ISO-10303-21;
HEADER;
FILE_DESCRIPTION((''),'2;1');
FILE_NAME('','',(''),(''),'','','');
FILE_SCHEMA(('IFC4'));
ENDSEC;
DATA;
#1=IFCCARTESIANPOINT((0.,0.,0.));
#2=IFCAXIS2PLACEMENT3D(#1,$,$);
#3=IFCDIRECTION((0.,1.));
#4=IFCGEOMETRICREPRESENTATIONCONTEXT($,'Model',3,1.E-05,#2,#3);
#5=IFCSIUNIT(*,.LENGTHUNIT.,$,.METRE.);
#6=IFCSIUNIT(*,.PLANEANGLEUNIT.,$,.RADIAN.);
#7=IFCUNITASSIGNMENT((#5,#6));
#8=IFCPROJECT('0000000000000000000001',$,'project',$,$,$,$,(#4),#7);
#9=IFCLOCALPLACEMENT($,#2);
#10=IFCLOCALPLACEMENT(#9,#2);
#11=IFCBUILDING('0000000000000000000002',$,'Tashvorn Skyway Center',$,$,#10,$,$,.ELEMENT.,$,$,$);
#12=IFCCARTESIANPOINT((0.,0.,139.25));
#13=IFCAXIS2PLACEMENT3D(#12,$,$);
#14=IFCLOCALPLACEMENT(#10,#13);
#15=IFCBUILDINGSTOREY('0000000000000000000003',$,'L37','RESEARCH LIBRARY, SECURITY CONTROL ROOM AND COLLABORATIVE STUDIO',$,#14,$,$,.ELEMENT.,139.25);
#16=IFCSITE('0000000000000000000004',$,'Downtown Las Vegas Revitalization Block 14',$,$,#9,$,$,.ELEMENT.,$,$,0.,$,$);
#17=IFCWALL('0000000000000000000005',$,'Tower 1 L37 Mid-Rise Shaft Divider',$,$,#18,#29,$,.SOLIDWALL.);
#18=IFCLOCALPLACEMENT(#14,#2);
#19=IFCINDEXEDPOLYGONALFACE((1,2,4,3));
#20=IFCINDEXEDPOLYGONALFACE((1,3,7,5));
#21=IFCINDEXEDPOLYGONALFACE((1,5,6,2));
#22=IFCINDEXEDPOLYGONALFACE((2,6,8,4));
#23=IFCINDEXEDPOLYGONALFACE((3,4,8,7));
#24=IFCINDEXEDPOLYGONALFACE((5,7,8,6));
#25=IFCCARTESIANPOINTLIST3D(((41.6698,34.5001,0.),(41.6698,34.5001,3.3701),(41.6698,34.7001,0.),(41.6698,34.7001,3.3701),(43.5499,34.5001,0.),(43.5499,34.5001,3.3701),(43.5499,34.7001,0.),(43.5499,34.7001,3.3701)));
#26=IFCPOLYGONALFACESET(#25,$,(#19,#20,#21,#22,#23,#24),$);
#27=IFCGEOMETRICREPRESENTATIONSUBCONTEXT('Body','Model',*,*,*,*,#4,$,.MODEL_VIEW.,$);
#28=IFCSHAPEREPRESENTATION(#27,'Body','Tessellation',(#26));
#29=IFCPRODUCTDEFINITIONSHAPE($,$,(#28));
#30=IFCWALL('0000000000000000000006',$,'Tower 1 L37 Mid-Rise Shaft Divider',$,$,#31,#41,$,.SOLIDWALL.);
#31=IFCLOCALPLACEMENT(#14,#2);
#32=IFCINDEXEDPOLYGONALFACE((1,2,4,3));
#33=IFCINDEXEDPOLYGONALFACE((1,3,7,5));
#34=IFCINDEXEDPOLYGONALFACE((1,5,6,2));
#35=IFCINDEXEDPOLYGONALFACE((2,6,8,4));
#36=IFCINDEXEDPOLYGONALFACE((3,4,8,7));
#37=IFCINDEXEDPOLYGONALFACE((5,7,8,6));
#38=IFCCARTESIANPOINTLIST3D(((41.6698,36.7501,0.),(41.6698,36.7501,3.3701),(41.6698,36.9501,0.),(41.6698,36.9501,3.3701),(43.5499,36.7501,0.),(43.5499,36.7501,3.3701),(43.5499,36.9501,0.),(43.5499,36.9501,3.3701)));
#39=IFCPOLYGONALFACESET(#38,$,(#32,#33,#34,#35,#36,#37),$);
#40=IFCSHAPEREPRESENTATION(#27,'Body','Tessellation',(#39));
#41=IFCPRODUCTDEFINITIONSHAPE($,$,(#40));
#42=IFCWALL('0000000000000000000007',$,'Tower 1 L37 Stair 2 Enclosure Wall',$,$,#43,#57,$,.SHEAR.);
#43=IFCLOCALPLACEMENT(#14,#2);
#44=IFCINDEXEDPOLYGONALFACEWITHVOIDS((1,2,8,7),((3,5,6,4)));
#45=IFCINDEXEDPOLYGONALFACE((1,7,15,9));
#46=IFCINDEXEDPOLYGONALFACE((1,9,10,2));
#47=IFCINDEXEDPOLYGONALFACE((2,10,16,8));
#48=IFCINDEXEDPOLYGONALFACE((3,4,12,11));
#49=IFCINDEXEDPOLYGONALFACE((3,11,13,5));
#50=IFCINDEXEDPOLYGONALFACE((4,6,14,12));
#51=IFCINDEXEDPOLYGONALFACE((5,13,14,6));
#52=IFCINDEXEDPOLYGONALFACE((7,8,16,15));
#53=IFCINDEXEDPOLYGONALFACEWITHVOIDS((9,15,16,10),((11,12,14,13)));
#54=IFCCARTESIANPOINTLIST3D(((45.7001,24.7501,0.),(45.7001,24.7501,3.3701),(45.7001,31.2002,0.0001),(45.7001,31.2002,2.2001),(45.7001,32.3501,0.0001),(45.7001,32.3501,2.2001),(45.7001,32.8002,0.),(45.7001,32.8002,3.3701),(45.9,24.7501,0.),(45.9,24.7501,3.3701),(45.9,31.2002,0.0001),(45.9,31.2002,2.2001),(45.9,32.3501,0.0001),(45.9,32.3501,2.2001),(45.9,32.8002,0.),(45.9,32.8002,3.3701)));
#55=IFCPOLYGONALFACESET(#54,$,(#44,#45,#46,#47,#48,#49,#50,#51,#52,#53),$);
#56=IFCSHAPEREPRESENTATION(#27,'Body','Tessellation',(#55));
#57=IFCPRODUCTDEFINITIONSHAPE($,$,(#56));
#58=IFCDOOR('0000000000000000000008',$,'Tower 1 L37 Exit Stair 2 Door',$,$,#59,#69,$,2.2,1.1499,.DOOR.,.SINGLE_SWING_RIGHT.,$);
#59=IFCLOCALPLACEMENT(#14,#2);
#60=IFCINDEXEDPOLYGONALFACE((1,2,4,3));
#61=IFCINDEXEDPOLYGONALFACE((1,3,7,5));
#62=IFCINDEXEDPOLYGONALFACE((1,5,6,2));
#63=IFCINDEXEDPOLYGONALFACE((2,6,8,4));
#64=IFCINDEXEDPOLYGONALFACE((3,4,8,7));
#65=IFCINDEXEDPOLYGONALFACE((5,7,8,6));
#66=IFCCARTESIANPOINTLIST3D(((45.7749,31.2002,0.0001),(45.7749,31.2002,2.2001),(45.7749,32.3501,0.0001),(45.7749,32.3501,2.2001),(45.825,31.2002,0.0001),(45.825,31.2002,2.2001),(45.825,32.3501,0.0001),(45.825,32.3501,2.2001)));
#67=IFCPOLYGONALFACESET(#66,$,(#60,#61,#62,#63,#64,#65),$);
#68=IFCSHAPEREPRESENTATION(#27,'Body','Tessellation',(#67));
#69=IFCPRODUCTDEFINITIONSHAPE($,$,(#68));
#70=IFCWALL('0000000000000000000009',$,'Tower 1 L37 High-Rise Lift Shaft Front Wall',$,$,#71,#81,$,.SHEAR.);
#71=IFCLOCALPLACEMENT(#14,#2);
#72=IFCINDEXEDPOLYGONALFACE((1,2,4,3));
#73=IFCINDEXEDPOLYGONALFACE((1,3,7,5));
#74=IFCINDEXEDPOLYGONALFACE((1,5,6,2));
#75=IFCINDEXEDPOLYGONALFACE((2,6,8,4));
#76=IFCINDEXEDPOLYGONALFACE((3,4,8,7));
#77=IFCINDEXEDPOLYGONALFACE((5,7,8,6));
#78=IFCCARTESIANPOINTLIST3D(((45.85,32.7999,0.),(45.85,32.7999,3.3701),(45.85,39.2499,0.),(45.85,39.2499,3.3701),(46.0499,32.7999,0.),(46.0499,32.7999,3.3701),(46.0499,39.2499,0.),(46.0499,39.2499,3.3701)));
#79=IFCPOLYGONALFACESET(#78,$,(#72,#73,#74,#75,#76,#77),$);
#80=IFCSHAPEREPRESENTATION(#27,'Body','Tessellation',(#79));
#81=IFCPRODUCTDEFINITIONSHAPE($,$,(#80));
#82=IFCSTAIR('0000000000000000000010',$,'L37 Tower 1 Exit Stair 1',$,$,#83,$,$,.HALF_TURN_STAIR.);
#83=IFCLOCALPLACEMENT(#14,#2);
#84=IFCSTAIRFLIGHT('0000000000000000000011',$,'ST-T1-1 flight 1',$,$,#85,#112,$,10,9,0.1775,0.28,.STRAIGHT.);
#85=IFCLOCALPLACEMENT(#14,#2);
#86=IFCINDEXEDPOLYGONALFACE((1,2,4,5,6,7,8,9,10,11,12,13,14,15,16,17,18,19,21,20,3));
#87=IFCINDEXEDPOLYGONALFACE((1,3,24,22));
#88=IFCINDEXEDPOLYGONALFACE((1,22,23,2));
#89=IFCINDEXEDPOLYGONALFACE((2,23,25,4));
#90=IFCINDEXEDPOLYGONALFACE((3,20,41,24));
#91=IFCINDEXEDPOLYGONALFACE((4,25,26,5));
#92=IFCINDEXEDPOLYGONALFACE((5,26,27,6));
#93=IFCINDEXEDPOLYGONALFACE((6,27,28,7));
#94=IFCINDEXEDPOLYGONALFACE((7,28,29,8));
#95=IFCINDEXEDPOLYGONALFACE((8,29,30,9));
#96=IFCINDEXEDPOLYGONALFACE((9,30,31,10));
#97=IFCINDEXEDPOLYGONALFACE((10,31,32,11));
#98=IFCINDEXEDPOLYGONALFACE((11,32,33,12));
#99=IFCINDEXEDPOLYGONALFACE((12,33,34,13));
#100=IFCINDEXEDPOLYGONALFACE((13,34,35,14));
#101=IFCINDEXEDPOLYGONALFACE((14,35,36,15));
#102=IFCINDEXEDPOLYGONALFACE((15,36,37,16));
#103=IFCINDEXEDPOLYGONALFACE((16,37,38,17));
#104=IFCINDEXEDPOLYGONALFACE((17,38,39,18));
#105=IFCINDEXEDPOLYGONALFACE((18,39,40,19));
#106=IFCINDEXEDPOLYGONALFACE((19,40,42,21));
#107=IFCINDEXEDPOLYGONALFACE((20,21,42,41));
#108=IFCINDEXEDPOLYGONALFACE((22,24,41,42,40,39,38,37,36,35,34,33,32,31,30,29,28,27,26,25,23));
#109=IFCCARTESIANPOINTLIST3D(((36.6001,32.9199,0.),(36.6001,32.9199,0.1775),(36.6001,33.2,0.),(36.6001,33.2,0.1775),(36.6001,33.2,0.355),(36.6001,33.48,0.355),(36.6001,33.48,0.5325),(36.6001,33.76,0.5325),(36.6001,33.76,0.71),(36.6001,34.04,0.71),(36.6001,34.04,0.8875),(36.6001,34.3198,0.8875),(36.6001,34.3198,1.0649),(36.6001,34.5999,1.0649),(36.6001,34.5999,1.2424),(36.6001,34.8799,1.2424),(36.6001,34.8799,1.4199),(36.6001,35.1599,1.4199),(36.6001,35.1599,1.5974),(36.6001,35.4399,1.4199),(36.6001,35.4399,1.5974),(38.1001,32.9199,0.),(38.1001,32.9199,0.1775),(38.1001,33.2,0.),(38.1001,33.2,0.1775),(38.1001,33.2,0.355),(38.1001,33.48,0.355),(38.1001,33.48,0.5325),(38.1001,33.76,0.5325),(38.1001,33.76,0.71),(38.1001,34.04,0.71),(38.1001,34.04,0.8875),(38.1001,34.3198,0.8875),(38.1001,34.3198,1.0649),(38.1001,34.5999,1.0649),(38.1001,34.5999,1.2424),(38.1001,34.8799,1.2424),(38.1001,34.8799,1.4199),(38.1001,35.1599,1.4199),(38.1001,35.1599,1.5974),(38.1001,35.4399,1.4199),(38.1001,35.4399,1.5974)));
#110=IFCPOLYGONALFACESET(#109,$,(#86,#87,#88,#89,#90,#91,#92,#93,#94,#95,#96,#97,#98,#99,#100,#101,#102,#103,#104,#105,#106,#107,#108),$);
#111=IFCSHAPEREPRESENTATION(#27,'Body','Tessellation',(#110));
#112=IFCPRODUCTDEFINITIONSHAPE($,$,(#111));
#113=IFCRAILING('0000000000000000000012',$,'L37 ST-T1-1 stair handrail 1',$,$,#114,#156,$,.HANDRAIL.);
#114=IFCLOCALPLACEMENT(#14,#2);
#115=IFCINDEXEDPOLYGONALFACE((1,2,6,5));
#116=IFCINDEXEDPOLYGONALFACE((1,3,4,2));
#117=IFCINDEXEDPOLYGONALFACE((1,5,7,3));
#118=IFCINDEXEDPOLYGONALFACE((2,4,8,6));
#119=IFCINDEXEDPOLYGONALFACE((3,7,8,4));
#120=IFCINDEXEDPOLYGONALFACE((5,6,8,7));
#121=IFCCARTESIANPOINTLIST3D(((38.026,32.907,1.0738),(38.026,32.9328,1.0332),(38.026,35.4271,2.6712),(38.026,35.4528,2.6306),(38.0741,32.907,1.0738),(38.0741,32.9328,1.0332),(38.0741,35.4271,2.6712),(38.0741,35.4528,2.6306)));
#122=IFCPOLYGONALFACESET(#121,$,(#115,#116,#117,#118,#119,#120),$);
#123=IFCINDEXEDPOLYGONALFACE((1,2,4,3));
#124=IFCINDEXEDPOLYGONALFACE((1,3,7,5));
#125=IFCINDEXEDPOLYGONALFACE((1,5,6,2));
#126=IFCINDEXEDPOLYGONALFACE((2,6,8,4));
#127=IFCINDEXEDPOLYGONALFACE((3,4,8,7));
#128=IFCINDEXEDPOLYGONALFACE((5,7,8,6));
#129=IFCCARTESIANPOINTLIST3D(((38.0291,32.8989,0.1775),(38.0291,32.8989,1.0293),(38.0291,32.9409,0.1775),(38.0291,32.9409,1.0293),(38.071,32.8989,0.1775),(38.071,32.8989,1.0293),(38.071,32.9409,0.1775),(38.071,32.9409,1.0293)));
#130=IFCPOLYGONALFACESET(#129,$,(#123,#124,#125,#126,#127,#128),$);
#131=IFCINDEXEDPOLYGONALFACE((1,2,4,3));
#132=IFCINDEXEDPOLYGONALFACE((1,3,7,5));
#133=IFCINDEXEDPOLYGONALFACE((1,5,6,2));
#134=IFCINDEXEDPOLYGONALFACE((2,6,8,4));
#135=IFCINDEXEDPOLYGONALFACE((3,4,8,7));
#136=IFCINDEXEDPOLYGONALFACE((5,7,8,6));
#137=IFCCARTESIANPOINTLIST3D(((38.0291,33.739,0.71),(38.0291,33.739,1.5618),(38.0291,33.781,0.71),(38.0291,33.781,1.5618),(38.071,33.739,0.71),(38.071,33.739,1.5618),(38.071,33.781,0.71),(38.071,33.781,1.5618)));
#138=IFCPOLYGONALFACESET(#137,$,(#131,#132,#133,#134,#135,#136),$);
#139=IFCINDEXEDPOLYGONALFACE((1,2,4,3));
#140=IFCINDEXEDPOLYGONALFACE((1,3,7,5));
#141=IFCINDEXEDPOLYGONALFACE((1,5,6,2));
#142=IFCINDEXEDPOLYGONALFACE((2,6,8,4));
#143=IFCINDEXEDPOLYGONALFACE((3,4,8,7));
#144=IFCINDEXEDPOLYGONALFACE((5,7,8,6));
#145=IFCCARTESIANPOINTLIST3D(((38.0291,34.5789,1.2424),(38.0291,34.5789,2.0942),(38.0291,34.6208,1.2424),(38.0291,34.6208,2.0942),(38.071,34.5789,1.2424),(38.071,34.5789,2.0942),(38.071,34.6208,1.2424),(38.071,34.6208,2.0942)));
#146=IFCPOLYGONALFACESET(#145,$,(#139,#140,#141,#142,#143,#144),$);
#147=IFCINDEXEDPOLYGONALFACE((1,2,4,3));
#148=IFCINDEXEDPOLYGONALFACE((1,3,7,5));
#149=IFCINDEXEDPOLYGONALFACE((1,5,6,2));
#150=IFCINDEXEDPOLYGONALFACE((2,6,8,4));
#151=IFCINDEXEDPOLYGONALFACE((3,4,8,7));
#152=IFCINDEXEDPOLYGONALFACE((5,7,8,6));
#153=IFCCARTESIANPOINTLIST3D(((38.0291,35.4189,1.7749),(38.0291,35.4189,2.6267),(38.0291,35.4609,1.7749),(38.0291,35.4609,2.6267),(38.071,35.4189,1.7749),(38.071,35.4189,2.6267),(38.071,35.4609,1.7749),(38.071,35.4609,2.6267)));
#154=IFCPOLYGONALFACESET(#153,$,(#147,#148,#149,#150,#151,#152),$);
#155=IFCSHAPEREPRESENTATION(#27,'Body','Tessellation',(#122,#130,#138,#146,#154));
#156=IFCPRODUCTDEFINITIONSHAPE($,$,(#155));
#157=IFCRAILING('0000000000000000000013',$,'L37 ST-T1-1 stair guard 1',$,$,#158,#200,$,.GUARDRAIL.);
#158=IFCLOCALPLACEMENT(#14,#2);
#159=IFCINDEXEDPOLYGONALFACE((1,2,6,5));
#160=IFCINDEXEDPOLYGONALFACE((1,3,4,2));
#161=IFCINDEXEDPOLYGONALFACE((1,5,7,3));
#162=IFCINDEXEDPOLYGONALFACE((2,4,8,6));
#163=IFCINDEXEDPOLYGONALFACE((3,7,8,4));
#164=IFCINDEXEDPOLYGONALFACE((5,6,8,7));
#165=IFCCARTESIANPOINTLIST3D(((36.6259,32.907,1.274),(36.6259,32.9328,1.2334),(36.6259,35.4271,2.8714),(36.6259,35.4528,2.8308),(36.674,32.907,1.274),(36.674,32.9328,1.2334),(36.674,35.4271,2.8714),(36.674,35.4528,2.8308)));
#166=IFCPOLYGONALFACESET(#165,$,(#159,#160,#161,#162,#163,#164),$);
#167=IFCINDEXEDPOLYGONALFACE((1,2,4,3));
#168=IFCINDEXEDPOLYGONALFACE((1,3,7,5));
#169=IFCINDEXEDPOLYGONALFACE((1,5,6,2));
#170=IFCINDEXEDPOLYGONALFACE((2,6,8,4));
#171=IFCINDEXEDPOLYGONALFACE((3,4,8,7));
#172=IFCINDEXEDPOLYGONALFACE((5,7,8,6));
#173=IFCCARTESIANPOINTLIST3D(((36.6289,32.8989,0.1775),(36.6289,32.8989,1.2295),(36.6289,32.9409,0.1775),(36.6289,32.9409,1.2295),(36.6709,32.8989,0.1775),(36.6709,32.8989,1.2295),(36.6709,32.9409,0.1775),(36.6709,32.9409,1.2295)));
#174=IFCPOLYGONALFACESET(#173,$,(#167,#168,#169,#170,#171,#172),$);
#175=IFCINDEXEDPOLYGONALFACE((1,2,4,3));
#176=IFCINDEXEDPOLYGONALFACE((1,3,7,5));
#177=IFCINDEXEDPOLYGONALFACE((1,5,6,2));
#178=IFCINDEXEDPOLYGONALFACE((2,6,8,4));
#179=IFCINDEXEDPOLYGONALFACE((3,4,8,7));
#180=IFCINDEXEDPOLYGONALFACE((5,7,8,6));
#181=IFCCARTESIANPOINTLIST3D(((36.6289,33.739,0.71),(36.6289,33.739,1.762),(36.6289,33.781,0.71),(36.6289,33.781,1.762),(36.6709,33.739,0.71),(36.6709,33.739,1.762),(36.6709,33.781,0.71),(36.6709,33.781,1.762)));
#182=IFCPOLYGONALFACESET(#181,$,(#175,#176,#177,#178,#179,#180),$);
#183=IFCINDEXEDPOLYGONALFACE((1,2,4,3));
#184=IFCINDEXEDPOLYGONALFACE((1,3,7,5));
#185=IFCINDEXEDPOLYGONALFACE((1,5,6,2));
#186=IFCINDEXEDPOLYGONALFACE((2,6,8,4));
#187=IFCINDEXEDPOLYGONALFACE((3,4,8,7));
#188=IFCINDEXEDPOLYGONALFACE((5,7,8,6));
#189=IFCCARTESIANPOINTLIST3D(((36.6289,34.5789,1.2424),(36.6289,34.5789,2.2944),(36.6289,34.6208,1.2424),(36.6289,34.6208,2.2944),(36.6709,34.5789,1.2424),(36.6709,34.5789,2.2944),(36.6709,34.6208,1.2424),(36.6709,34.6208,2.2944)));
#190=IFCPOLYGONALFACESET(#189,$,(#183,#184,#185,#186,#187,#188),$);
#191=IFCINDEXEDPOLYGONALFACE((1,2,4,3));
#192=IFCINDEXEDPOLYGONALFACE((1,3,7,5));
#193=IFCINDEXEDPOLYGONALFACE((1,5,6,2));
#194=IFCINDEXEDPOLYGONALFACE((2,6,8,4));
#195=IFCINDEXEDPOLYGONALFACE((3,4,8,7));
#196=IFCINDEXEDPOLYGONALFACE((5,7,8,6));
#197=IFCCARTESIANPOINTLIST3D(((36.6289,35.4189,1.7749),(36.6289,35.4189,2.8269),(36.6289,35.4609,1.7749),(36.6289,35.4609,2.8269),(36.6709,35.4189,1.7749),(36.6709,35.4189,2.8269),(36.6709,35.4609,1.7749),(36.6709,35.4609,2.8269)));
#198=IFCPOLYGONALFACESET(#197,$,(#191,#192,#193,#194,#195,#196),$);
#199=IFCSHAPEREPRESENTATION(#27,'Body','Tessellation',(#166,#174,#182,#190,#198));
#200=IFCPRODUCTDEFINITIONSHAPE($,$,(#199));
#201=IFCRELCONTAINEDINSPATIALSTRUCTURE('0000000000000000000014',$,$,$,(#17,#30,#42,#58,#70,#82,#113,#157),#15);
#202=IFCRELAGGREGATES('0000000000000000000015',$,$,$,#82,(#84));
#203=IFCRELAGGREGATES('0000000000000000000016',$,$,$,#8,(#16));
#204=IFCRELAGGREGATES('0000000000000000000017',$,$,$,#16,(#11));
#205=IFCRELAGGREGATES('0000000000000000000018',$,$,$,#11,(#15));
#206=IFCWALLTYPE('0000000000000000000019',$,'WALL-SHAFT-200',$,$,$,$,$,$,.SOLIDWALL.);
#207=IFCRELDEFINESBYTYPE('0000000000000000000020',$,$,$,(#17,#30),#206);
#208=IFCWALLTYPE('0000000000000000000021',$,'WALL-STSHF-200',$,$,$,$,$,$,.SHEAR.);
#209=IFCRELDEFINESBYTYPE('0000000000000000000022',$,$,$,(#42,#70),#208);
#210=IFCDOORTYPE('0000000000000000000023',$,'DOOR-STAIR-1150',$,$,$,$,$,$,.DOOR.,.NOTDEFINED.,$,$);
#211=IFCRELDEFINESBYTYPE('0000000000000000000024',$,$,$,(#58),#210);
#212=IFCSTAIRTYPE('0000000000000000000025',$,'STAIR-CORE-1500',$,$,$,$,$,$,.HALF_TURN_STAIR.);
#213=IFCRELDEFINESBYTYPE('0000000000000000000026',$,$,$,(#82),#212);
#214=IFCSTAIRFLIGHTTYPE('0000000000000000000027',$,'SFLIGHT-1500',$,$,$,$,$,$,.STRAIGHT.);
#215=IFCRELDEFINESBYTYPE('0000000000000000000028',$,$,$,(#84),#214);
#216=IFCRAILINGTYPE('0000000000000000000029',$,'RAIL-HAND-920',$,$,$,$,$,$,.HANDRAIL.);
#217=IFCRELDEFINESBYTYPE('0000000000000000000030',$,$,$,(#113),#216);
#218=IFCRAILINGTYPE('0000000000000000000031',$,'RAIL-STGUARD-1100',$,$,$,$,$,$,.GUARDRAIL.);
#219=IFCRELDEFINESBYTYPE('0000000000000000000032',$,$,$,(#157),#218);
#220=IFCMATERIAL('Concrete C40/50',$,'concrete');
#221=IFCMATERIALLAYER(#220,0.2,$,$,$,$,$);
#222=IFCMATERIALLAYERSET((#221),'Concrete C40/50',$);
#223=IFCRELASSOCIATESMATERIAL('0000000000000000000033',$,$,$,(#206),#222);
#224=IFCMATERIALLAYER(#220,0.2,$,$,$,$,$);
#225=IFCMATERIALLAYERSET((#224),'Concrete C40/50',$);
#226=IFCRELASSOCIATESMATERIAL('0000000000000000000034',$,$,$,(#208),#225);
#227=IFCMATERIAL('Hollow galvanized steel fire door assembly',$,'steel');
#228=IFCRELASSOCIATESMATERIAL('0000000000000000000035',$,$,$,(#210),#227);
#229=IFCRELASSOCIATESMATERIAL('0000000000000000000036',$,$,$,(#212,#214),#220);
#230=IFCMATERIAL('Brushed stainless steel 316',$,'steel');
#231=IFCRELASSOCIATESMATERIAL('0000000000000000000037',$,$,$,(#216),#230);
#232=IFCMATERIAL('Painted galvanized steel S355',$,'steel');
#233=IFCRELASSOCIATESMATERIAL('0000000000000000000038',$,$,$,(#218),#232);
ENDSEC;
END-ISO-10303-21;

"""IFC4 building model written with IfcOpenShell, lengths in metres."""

from ifc_helpers import new_model, si_unit, direction, frame, frame_2d, origin, origin_2d, place, context, subcontext, project, spatial, polyline, rectangle, outline, extrude, material, layer, layer_set, type_object, element, fill, aggregate, save


model = new_model("IFC4")

# Units and contexts
model_context = context("Model", 3, precision=1e-05, world=origin(), true_north=direction((0.0, 1.0)))
body_context = subcontext(model_context, "Body", "Model", "MODEL_VIEW")
ifc_project = project(units=[si_unit("LENGTHUNIT", "METRE"), si_unit("PLANEANGLEUNIT", "RADIAN")], contexts=[model_context])

# Site, building, storey
site_placement = place(None, origin())
site = spatial("IfcSite", under=ifc_project, at=site_placement, Name="Downtown Las Vegas Revitalization Block 14", CompositionType="ELEMENT", RefElevation=0.0)
building_placement = place(site_placement, origin())
building = spatial("IfcBuilding", under=site, at=building_placement, Name="Tashvorn Skyway Center", CompositionType="ELEMENT")
storey_placement = place(building_placement, frame((0.0, 0.0, 139.25)))
storey = spatial("IfcBuildingStorey", under=building, at=storey_placement, Name="L37", Description="RESEARCH LIBRARY, SECURITY CONTROL ROOM AND COLLABORATIVE STUDIO", CompositionType="ELEMENT", Elevation=139.25)

# Shared definitions
ifc_material_1 = material(Name="Concrete C40/50", Category="concrete")

# Shared definitions
ifc_material_2 = material(Name="Hollow galvanized steel fire door assembly", Category="steel")

# Walls
ifc_layer_1 = layer(ifc_material_1, 0.2)
ifc_layer_set_1 = layer_set([ifc_layer_1], Name="Concrete C40/50")
wall_type_1 = type_object("IfcWallType", Name="WALL-SHAFT-200", PredefinedType="SOLIDWALL", material=ifc_layer_set_1)
for number, where, z_axis, x_axis, name in (
    (1, (41.6699, 34.6001, 0.0), (0.0, 0.0, 1.0), (1.0, 0.0, 0.0), "Tower 1 L37 Mid-Rise Shaft Divider"),
    (2, (41.6699, 36.8501, 0.0), (0.0, 0.0, 1.0), (1.0, 0.0, 0.0), "Tower 1 L37 Mid-Rise Shaft Divider"),
):
    element("IfcWall", number, at=place(storey_placement, frame(where, z_axis=z_axis, x_axis=x_axis)), inside=storey, type_object=wall_type_1, Name=name, PredefinedType="SOLIDWALL", context=body_context, shape_type="SweptSolid", body=[
        extrude(rectangle(XDim=1.8801, YDim=0.2, at=frame_2d((0.9399, 0.0))), origin(), (0.0, 0.0, 1.0), 3.3701),
    ])

# Wall, opening, door
ifc_layer_2 = layer(ifc_material_1, 0.2)
ifc_layer_set_2 = layer_set([ifc_layer_2], Name="Concrete C40/50")
wall_type_2 = type_object("IfcWallType", Name="WALL-STSHF-200", PredefinedType="SHEAR", material=ifc_layer_set_2)
wall_1_placement = place(storey_placement, frame((45.8, 32.8, 0.0), z_axis=(0.0, 0.0, 1.0), x_axis=(0.0, -1.0, 0.0)))
wall_1 = element("IfcWall", 3, at=wall_1_placement, inside=storey, type_object=wall_type_2, Name="Tower 1 L37 Stair 2 Enclosure Wall", PredefinedType="SHEAR", context=body_context, shape_type="SweptSolid", body=[
    extrude(rectangle(XDim=8.05, YDim=0.2, at=frame_2d((4.0249, 0.0))), origin(), (0.0, 0.0, 1.0), 3.3701),
])
opening_1_placement = place(wall_1_placement, frame((0.45, 0.0, 0.0)))
opening_1 = element("IfcOpeningElement", 4, at=opening_1_placement, cuts=wall_1, PredefinedType="OPENING", context=body_context, shape_type="SweptSolid", body=[
    extrude(rectangle(XDim=1.1499, YDim=2.2, at=frame_2d((0.575, 1.1001))), frame((0.0, 0.1099, 0.0), z_axis=(0.0, -1.0, 0.0), x_axis=(1.0, 0.0, 0.0)), (0.0, 0.0, 1.0), 0.22),
])
door_type_1 = type_object("IfcDoorType", Name="DOOR-STAIR-1150", OperationType="NOTDEFINED", PredefinedType="DOOR", material=ifc_material_2)
door_1_placement = place(opening_1_placement, origin())
door_1 = element("IfcDoor", 5, at=door_1_placement, inside=storey, type_object=door_type_1, Name="Tower 1 L37 Exit Stair 2 Door", OperationType="SINGLE_SWING_RIGHT", OverallHeight=2.2, OverallWidth=1.1499, PredefinedType="DOOR", context=body_context, shape_type="SweptSolid", body=[
    extrude(rectangle(XDim=1.1499, YDim=2.2, at=frame_2d((0.575, 1.1001))), frame((0.0, 0.0249, 0.0), z_axis=(0.0, -1.0, 0.0), x_axis=(1.0, 0.0, 0.0)), (0.0, 0.0, 1.0), 0.05),
])
fill(opening_1, door_1)

# Wall
wall_2_placement = place(storey_placement, frame((45.95, 39.25, 0.0), z_axis=(0.0, 0.0, 1.0), x_axis=(0.0, -1.0, 0.0)))
element("IfcWall", 6, at=wall_2_placement, inside=storey, type_object=wall_type_2, Name="Tower 1 L37 High-Rise Lift Shaft Front Wall", PredefinedType="SHEAR", context=body_context, shape_type="SweptSolid", body=[
    extrude(rectangle(XDim=6.45, YDim=0.2, at=frame_2d((3.2251, 0.0))), origin(), (0.0, 0.0, 1.0), 3.3701),
])

# Stair, stair flight
stair_type = type_object("IfcStairType", Name="STAIR-CORE-1500", PredefinedType="HALF_TURN_STAIR", material=ifc_material_1)
stair_placement = place(storey_placement, origin())
stair = element("IfcStair", 7, at=stair_placement, inside=storey, type_object=stair_type, Name="L37 Tower 1 Exit Stair 1", PredefinedType="HALF_TURN_STAIR")
stair_flight_type = type_object("IfcStairFlightType", Name="SFLIGHT-1500", PredefinedType="STRAIGHT", material=ifc_material_1)
stair_flight_placement = place(storey_placement, frame((37.3501, 32.9199, 0.0), z_axis=(0.0, 0.0, 1.0), x_axis=(0.0, 1.0, 0.0)))
stair_flight = element("IfcStairFlight", 8, at=stair_flight_placement, type_object=stair_flight_type, Name="ST-T1-1 flight 1", NumberOfRisers=10, NumberOfTreads=9, PredefinedType="STRAIGHT", RiserHeight=0.1775, TreadLength=0.28, context=body_context, shape_type="SweptSolid", body=[
    extrude(outline(polyline([(0.0, 0.0), (0.0, 0.1775), (0.28, 0.1775), (0.28, 0.355), (0.5601, 0.355), (0.5601, 0.5325), (0.8401, 0.5325), (0.8401, 0.71), (1.1201, 0.71), (1.1201, 0.8875), (1.3999, 0.8875), (1.3999, 1.0649), (1.6799, 1.0649), (1.6799, 1.2424), (1.96, 1.2424), (1.96, 1.4199), (2.24, 1.4199), (2.24, 1.5974), (2.52, 1.5974), (2.52, 1.7749), (2.52, 1.4199), (0.28, 0.0), (0.0, 0.0)])), frame((0.0, 0.75, 0.0), z_axis=(0.0, -1.0, 0.0), x_axis=(1.0, 0.0, 0.0)), (0.0, 0.0, 1.0), 1.5),
])
aggregate(stair, [stair_flight])

# Railings
ifc_material_3 = material(Name="Brushed stainless steel 316", Category="steel")
railing_type_1 = type_object("IfcRailingType", Name="RAIL-HAND-920", PredefinedType="HANDRAIL", material=ifc_material_3)
railing_1_placement = place(storey_placement, frame((38.05, 32.9199, 0.1775)))
element("IfcRailing", 9, at=railing_1_placement, inside=storey, type_object=railing_type_1, Name="L37 ST-T1-1 stair handrail 1", PredefinedType="HANDRAIL", context=body_context, shape_type="SweptSolid", body=[
    extrude(rectangle(XDim=0.0481, YDim=0.0481, at=origin_2d()), frame((0.0, 0.0, 0.876), z_axis=(0.0, 0.844607, 0.535387), x_axis=(-1.0, 0.0, 0.0)), (0.0, 0.0, 1.0), 2.9836),
    extrude(rectangle(XDim=0.042, YDim=0.042, at=origin_2d()), origin(), (0.0, 0.0, 1.0), 0.8518),
    extrude(rectangle(XDim=0.042, YDim=0.042, at=origin_2d()), frame((0.0, 0.8401, 0.5325)), (0.0, 0.0, 1.0), 0.8518),
    extrude(rectangle(XDim=0.042, YDim=0.042, at=origin_2d()), frame((0.0, 1.6799, 1.0649)), (0.0, 0.0, 1.0), 0.8518),
    extrude(rectangle(XDim=0.042, YDim=0.042, at=origin_2d()), frame((0.0, 2.52, 1.5974)), (0.0, 0.0, 1.0), 0.8518),
])
ifc_material_4 = material(Name="Painted galvanized steel S355", Category="steel")
railing_type_2 = type_object("IfcRailingType", Name="RAIL-STGUARD-1100", PredefinedType="GUARDRAIL", material=ifc_material_4)
railing_2_placement = place(storey_placement, frame((36.6499, 32.9199, 0.1775)))
element("IfcRailing", 10, at=railing_2_placement, inside=storey, type_object=railing_type_2, Name="L37 ST-T1-1 stair guard 1", PredefinedType="GUARDRAIL", context=body_context, shape_type="SweptSolid", body=[
    extrude(rectangle(XDim=0.0481, YDim=0.0481, at=origin_2d()), frame((0.0, 0.0, 1.0762), z_axis=(0.0, 0.844607, 0.535387), x_axis=(-1.0, 0.0, 0.0)), (0.0, 0.0, 1.0), 2.9836),
    extrude(rectangle(XDim=0.042, YDim=0.042, at=origin_2d()), origin(), (0.0, 0.0, 1.0), 1.052),
    extrude(rectangle(XDim=0.042, YDim=0.042, at=origin_2d()), frame((0.0, 0.8401, 0.5325)), (0.0, 0.0, 1.0), 1.052),
    extrude(rectangle(XDim=0.042, YDim=0.042, at=origin_2d()), frame((0.0, 1.6799, 1.0649)), (0.0, 0.0, 1.0), 1.052),
    extrude(rectangle(XDim=0.042, YDim=0.042, at=origin_2d()), frame((0.0, 2.52, 1.5974)), (0.0, 0.0, 1.0), 1.052),
])

save(model, "model.ifc")
